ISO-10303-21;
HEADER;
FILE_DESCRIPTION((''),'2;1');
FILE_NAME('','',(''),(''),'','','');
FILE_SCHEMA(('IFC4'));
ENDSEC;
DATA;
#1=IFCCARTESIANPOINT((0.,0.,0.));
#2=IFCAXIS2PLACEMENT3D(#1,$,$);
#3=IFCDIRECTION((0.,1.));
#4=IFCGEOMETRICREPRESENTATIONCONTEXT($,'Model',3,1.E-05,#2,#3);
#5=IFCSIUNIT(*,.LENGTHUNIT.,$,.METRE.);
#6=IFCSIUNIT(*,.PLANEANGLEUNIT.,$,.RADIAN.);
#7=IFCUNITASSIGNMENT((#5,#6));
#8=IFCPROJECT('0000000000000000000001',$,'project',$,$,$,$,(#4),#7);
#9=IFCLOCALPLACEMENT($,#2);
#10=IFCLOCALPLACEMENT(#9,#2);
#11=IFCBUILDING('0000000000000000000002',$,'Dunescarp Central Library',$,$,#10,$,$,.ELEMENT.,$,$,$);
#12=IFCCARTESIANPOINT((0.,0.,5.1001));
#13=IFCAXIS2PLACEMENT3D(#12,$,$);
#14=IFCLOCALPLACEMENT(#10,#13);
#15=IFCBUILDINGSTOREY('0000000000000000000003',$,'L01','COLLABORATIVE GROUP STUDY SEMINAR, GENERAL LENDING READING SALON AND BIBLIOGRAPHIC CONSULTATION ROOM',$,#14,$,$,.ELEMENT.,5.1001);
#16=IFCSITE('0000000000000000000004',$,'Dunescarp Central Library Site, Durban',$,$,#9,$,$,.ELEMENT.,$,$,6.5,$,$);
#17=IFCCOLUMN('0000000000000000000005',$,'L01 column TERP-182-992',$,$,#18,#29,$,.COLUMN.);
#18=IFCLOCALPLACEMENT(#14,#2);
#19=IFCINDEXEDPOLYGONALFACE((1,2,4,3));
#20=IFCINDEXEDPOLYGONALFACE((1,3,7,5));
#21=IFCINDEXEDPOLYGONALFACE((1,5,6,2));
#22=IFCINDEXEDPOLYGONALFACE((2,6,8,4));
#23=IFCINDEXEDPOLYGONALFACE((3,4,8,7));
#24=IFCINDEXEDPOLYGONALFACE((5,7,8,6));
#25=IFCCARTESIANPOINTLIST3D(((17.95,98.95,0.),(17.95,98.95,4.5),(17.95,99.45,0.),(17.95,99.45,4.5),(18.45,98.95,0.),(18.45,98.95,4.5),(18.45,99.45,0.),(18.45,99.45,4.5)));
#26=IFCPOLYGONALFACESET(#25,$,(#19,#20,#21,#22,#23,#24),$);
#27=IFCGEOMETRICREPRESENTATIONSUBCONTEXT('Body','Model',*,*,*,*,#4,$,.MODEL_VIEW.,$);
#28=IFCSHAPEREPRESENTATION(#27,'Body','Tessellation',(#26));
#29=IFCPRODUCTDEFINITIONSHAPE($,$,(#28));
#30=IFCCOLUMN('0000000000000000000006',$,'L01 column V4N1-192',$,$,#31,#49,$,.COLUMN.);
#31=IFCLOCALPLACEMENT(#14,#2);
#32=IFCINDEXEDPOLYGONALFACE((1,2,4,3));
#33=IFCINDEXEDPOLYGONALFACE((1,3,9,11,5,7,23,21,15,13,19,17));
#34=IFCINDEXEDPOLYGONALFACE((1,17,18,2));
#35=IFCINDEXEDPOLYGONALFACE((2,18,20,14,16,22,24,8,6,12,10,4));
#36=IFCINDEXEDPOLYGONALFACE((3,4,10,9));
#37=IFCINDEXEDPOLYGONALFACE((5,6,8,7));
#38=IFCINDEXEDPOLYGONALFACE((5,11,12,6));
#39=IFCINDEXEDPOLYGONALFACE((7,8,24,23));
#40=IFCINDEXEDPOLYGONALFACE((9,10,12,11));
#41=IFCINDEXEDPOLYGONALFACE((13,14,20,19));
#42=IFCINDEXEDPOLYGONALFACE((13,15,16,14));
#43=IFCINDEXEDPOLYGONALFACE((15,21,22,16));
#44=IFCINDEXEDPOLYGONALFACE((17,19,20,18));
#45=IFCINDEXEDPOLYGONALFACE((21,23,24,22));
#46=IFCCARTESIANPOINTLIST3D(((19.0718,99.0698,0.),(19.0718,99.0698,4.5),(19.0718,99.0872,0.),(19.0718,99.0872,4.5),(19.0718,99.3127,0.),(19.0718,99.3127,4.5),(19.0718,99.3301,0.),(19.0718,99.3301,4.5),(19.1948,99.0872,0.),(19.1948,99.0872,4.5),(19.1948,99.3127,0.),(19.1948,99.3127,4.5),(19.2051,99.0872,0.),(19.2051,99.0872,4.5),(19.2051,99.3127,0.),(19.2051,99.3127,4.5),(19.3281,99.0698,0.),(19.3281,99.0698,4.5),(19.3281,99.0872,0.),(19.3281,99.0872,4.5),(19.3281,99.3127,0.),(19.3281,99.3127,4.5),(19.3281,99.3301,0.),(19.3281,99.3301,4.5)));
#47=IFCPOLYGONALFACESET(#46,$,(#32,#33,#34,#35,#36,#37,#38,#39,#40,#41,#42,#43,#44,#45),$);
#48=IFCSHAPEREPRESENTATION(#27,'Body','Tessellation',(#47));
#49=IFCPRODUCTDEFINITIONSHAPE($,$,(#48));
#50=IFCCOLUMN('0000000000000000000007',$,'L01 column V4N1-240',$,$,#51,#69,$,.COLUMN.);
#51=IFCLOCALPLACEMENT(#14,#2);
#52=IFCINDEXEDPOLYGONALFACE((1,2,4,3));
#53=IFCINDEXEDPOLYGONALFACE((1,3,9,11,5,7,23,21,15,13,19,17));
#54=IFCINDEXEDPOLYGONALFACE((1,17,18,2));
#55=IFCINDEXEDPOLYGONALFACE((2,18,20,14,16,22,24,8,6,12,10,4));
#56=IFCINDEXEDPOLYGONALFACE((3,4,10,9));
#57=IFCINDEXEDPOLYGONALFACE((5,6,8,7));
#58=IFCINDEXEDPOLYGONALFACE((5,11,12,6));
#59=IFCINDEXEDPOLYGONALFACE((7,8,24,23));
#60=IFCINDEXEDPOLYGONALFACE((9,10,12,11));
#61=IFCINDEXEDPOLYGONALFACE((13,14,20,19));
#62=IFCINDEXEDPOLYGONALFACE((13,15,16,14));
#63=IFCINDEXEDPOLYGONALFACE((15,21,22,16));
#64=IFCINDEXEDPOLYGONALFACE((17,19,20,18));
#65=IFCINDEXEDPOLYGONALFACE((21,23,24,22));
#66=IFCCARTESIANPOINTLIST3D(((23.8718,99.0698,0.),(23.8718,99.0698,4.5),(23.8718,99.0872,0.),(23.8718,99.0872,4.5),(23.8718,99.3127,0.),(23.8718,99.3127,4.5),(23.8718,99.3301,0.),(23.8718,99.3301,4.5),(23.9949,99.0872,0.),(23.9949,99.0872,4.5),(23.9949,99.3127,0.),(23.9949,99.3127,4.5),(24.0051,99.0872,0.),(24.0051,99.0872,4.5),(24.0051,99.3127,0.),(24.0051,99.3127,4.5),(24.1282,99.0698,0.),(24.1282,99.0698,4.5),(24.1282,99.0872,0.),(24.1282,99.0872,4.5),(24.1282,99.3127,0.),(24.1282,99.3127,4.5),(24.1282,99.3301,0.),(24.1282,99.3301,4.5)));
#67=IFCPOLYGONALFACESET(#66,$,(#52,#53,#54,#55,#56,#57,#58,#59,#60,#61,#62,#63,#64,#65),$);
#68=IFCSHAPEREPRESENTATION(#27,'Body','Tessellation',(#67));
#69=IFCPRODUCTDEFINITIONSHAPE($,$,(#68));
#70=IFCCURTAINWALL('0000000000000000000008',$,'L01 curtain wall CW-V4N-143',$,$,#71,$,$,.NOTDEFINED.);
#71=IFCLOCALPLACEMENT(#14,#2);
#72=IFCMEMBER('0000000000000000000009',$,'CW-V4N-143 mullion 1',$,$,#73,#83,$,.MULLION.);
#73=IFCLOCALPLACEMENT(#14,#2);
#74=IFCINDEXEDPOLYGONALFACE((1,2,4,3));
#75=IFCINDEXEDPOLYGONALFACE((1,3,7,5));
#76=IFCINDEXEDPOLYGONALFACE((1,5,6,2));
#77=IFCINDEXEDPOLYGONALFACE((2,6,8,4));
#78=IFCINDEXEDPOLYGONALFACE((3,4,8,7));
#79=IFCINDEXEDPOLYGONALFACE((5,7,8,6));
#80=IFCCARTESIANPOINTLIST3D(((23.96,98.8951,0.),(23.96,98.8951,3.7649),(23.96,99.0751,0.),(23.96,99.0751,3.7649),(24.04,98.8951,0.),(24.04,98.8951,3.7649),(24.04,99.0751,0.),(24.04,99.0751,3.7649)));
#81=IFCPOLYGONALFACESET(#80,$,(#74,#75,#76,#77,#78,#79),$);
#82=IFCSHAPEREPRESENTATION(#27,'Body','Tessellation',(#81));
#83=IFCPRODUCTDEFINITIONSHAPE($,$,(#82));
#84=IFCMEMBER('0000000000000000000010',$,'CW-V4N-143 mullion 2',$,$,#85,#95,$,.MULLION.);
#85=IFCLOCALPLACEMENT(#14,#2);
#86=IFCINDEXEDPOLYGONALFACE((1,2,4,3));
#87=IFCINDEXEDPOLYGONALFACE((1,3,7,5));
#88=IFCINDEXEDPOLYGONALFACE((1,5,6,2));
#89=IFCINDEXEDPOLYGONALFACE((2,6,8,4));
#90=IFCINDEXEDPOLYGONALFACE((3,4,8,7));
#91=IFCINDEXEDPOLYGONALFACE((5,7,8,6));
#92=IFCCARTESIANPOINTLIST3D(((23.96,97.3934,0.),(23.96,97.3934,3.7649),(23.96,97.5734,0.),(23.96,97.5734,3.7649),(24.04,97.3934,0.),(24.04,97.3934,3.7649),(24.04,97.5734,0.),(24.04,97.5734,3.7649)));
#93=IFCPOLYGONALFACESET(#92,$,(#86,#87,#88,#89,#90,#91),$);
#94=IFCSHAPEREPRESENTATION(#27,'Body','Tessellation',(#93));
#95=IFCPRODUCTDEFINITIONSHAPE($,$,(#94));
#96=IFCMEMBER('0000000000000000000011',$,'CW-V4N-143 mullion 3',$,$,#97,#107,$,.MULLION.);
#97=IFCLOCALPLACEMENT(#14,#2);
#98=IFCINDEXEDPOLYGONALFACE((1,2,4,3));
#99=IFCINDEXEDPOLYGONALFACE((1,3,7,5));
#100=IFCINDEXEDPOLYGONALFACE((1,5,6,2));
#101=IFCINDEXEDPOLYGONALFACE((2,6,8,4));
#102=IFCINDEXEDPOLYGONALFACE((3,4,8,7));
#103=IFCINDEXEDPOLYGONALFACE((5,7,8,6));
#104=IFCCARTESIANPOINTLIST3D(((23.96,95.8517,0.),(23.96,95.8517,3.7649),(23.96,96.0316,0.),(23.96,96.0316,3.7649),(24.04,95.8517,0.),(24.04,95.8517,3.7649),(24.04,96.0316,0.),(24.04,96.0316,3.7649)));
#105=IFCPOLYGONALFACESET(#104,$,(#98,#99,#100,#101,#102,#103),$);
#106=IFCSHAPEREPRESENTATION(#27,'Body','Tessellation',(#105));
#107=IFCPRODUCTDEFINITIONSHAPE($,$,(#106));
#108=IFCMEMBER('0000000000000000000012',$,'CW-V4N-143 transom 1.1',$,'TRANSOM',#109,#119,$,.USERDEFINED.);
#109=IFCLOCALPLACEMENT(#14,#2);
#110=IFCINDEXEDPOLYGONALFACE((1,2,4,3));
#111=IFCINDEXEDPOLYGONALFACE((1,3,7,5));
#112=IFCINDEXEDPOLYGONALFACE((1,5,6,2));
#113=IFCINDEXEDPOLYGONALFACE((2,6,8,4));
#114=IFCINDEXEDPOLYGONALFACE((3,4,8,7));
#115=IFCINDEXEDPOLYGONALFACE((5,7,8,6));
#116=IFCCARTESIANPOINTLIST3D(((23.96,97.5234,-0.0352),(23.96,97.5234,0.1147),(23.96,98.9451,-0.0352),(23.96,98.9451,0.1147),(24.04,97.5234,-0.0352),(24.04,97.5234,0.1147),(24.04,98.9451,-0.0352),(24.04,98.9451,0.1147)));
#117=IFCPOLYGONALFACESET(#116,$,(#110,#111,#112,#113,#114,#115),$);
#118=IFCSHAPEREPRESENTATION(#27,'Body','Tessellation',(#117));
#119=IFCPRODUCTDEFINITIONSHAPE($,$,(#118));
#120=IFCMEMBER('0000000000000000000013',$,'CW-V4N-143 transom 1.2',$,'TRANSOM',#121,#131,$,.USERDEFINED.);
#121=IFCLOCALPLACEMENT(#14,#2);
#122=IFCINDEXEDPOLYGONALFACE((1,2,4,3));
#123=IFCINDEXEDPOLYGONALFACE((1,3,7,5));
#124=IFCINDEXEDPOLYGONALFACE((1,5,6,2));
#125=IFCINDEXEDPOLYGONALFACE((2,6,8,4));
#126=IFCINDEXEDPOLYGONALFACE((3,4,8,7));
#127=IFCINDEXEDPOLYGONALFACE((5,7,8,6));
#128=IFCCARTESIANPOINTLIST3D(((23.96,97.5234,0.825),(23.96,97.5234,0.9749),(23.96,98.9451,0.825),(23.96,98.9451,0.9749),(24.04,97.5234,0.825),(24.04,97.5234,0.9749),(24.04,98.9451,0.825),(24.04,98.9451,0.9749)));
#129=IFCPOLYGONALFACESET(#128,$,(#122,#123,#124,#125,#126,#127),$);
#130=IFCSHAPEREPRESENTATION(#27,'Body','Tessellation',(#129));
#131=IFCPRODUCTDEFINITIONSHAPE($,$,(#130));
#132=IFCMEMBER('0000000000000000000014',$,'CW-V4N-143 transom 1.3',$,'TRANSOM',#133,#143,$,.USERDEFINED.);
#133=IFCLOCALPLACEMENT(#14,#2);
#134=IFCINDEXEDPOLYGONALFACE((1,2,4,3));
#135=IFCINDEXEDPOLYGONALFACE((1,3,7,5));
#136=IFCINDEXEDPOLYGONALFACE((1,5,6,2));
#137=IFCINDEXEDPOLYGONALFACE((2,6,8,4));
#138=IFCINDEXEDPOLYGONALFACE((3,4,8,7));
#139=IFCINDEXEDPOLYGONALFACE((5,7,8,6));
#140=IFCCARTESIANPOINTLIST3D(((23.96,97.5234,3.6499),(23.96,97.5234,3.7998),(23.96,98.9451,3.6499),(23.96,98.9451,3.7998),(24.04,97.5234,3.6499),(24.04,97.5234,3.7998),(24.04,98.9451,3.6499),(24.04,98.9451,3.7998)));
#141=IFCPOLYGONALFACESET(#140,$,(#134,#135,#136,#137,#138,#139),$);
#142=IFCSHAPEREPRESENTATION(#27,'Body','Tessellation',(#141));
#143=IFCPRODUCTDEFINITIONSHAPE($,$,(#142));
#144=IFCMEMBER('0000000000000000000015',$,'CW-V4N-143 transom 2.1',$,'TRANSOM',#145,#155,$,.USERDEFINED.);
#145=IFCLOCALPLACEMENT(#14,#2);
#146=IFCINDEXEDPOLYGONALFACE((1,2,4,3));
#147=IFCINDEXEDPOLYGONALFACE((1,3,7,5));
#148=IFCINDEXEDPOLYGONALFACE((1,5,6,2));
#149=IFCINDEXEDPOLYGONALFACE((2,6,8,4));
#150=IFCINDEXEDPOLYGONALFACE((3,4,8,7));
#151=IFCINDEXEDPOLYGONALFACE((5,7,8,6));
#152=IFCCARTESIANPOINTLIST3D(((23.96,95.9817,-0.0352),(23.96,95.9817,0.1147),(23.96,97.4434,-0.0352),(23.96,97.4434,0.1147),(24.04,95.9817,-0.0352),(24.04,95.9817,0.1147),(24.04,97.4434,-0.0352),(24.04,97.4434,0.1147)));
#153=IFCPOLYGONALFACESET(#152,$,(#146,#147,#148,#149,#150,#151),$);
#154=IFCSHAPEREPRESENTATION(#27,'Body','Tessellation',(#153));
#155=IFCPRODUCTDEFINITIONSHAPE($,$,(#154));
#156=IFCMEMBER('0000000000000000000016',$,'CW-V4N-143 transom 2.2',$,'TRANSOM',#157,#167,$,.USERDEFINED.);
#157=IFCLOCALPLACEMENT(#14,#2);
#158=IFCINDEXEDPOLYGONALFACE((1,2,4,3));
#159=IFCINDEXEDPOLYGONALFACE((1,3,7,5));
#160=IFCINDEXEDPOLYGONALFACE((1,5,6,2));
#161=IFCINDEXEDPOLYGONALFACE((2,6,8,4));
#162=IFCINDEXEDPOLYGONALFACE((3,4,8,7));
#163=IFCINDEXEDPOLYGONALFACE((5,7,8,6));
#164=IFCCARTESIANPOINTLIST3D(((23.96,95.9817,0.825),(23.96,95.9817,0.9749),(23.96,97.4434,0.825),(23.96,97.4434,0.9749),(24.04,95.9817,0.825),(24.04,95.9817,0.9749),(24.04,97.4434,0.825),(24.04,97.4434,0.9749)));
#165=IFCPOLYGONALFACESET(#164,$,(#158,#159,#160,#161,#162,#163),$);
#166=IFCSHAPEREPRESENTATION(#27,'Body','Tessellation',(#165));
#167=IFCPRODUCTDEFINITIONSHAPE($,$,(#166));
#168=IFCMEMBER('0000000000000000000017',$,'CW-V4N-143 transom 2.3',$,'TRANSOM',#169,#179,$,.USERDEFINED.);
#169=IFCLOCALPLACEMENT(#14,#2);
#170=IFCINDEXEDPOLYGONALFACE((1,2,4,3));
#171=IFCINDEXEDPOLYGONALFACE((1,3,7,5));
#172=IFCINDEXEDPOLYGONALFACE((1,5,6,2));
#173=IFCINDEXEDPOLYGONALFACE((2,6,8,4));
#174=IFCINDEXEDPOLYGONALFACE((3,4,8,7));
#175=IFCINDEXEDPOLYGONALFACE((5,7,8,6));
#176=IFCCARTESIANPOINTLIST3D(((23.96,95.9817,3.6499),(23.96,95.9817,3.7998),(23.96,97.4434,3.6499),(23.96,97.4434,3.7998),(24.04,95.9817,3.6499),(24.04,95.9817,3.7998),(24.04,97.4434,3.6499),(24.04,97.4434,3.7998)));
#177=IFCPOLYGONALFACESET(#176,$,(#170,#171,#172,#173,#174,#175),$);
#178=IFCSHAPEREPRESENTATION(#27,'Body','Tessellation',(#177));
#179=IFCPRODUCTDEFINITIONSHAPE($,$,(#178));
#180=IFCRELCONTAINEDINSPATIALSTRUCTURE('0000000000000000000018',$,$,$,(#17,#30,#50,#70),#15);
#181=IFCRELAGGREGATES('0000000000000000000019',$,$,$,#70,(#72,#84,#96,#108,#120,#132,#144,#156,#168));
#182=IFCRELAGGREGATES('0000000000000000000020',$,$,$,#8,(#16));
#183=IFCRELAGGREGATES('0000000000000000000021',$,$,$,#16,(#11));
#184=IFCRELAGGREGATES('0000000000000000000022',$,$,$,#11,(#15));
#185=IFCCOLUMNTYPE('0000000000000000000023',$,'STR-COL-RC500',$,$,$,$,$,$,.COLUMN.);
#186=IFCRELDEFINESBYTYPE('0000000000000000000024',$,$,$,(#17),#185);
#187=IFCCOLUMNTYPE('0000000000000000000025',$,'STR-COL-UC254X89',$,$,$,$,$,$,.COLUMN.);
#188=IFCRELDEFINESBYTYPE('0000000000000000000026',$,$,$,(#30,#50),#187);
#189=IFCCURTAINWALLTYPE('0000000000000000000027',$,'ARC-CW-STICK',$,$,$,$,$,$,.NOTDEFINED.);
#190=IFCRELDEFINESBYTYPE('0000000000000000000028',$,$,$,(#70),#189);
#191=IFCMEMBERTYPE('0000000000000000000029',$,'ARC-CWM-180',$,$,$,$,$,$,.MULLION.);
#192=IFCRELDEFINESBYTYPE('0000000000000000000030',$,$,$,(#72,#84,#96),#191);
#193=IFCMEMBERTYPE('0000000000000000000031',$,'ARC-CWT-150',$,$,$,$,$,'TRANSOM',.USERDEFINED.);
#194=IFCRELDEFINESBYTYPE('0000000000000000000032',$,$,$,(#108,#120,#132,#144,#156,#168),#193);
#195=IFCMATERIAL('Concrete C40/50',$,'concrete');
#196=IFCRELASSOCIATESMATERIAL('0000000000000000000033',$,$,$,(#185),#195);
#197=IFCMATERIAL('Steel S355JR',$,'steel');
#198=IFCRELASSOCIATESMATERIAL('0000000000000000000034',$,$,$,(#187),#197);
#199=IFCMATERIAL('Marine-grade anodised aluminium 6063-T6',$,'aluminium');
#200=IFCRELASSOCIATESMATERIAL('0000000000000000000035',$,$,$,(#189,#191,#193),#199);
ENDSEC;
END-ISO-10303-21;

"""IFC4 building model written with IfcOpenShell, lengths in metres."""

from ifc_helpers import new_model, si_unit, direction, frame, origin, origin_2d, place, context, subcontext, project, spatial, rectangle, i_section, extrude, material, material_profile, profile_set, type_object, element, aggregate, save


model = new_model("IFC4")

# Units and contexts
model_context = context("Model", 3, precision=1e-05, world=origin(), true_north=direction((0.0, 1.0)))
body_context = subcontext(model_context, "Body", "Model", "MODEL_VIEW")
ifc_project = project(units=[si_unit("LENGTHUNIT", "METRE"), si_unit("PLANEANGLEUNIT", "RADIAN")], contexts=[model_context])

# Site, building, storey
site_placement = place(None, origin())
site = spatial("IfcSite", under=ifc_project, at=site_placement, Name="Dunescarp Central Library Site, Durban", CompositionType="ELEMENT", RefElevation=6.5)
building_placement = place(site_placement, origin())
building = spatial("IfcBuilding", under=site, at=building_placement, Name="Dunescarp Central Library", CompositionType="ELEMENT")
storey_placement = place(building_placement, frame((0.0, 0.0, 5.1001)))
storey = spatial("IfcBuildingStorey", under=building, at=storey_placement, Name="L01", Description="COLLABORATIVE GROUP STUDY SEMINAR, GENERAL LENDING READING SALON AND BIBLIOGRAPHIC CONSULTATION ROOM", CompositionType="ELEMENT", Elevation=5.1001)

# Columns
ifc_material_1 = material(Name="Concrete C40/50", Category="concrete")
ifc_material_profile_1 = material_profile(ifc_material_1, rectangle(XDim=0.5, YDim=0.5, at=origin_2d()), Name="RC 500x500")
ifc_profile_set_1 = profile_set([ifc_material_profile_1], Name="Concrete C40/50")
column_type_1 = type_object("IfcColumnType", Name="STR-COL-RC500", PredefinedType="COLUMN", material=ifc_profile_set_1)
column_placement = place(storey_placement, frame((18.2, 99.2, 0.0), z_axis=(0.0, 0.0, 1.0), x_axis=(1.0, 0.0, 0.0)))
element("IfcColumn", 1, at=column_placement, inside=storey, type_object=column_type_1, Name="L01 column TERP-182-992", PredefinedType="COLUMN", context=body_context, shape_type="SweptSolid", body=[
    extrude(rectangle(XDim=0.5, YDim=0.5, at=origin_2d()), origin(), (0.0, 0.0, 1.0), 4.5),
])
ifc_material_2 = material(Name="Steel S355JR", Category="steel")
ifc_material_profile_2 = material_profile(ifc_material_2, i_section(OverallWidth=0.2563, OverallDepth=0.2603, WebThickness=0.0103, FlangeThickness=0.0173, at=origin_2d()), Name="UC 254x254x89")
ifc_profile_set_2 = profile_set([ifc_material_profile_2], Name="Steel S355JR")
column_type_2 = type_object("IfcColumnType", Name="STR-COL-UC254X89", PredefinedType="COLUMN", material=ifc_profile_set_2)
for number, where, z_axis, x_axis, name in (
    (2, (19.2, 99.2, 0.0), (0.0, 0.0, 1.0), (1.0, 0.0, 0.0), "L01 column V4N1-192"),
    (3, (24.0, 99.2, 0.0), (0.0, 0.0, 1.0), (1.0, 0.0, 0.0), "L01 column V4N1-240"),
):
    element("IfcColumn", number, at=place(storey_placement, frame(where, z_axis=z_axis, x_axis=x_axis)), inside=storey, type_object=column_type_2, Name=name, PredefinedType="COLUMN", context=body_context, shape_type="SweptSolid", body=[
        extrude(i_section(OverallWidth=0.2563, OverallDepth=0.2603, WebThickness=0.0103, FlangeThickness=0.0173, at=origin_2d()), origin(), (0.0, 0.0, 1.0), 4.5),
    ])

# Curtain wall, members
ifc_material_3 = material(Name="Marine-grade anodised aluminium 6063-T6", Category="aluminium")
curtain_wall_type = type_object("IfcCurtainWallType", Name="ARC-CW-STICK", PredefinedType="NOTDEFINED", material=ifc_material_3)
curtain_wall_placement = place(storey_placement, origin())
curtain_wall = element("IfcCurtainWall", 4, at=curtain_wall_placement, inside=storey, type_object=curtain_wall_type, Name="L01 curtain wall CW-V4N-143", PredefinedType="NOTDEFINED")
ifc_material_profile_3 = material_profile(ifc_material_3, rectangle(XDim=0.0801, YDim=0.1799, at=origin_2d()), Name="AL 80x180")
ifc_profile_set_3 = profile_set([ifc_material_profile_3], Name="Marine-grade anodised aluminium 6063-T6")
member_type_1 = type_object("IfcMemberType", Name="ARC-CWM-180", PredefinedType="MULLION", material=ifc_profile_set_3)
member_1_placement = place(storey_placement, frame((24.0, 98.9851, 0.0), z_axis=(0.0, 0.0, 1.0), x_axis=(1.0, 0.0, 0.0)))
member_1 = element("IfcMember", 5, at=member_1_placement, type_object=member_type_1, Name="CW-V4N-143 mullion 1", PredefinedType="MULLION", context=body_context, shape_type="SweptSolid", body=[
    extrude(rectangle(XDim=0.0801, YDim=0.1799, at=origin_2d()), origin(), (0.0, 0.0, 1.0), 3.7649),
])
member_2_placement = place(storey_placement, frame((24.0, 97.4834, 0.0), z_axis=(0.0, 0.0, 1.0), x_axis=(1.0, 0.0, 0.0)))
member_2 = element("IfcMember", 6, at=member_2_placement, type_object=member_type_1, Name="CW-V4N-143 mullion 2", PredefinedType="MULLION", context=body_context, shape_type="SweptSolid", body=[
    extrude(rectangle(XDim=0.0801, YDim=0.1799, at=origin_2d()), origin(), (0.0, 0.0, 1.0), 3.7649),
])
member_3_placement = place(storey_placement, frame((24.0, 95.9417, 0.0), z_axis=(0.0, 0.0, 1.0), x_axis=(1.0, 0.0, 0.0)))
member_3 = element("IfcMember", 7, at=member_3_placement, type_object=member_type_1, Name="CW-V4N-143 mullion 3", PredefinedType="MULLION", context=body_context, shape_type="SweptSolid", body=[
    extrude(rectangle(XDim=0.0801, YDim=0.1799, at=origin_2d()), origin(), (0.0, 0.0, 1.0), 3.7649),
])
ifc_material_profile_4 = material_profile(ifc_material_3, rectangle(XDim=0.0801, YDim=0.1499, at=origin_2d()), Name="AL 80x150")
ifc_profile_set_4 = profile_set([ifc_material_profile_4], Name="Marine-grade anodised aluminium 6063-T6")
member_type_2 = type_object("IfcMemberType", Name="ARC-CWT-150", ElementType="TRANSOM", PredefinedType="USERDEFINED", material=ifc_profile_set_4)
member_4_placement = place(storey_placement, frame((24.0, 98.9451, 0.0398), z_axis=(0.0, -1.0, 0.0), x_axis=(1.0, 0.0, 0.0)))
member_4 = element("IfcMember", 8, at=member_4_placement, type_object=member_type_2, Name="CW-V4N-143 transom 1.1", ObjectType="TRANSOM", PredefinedType="USERDEFINED", context=body_context, shape_type="SweptSolid", body=[
    extrude(rectangle(XDim=0.0801, YDim=0.1499, at=origin_2d()), origin(), (0.0, 0.0, 1.0), 1.4216),
])
member_5_placement = place(storey_placement, frame((24.0, 98.9451, 0.8999), z_axis=(0.0, -1.0, 0.0), x_axis=(1.0, 0.0, 0.0)))
member_5 = element("IfcMember", 9, at=member_5_placement, type_object=member_type_2, Name="CW-V4N-143 transom 1.2", ObjectType="TRANSOM", PredefinedType="USERDEFINED", context=body_context, shape_type="SweptSolid", body=[
    extrude(rectangle(XDim=0.0801, YDim=0.1499, at=origin_2d()), origin(), (0.0, 0.0, 1.0), 1.4216),
])
member_6_placement = place(storey_placement, frame((24.0, 98.9451, 3.7249), z_axis=(0.0, -1.0, 0.0), x_axis=(1.0, 0.0, 0.0)))
member_6 = element("IfcMember", 10, at=member_6_placement, type_object=member_type_2, Name="CW-V4N-143 transom 1.3", ObjectType="TRANSOM", PredefinedType="USERDEFINED", context=body_context, shape_type="SweptSolid", body=[
    extrude(rectangle(XDim=0.0801, YDim=0.1499, at=origin_2d()), origin(), (0.0, 0.0, 1.0), 1.4216),
])
member_7_placement = place(storey_placement, frame((24.0, 97.4434, 0.0398), z_axis=(0.0, -1.0, 0.0), x_axis=(1.0, 0.0, 0.0)))
member_7 = element("IfcMember", 11, at=member_7_placement, type_object=member_type_2, Name="CW-V4N-143 transom 2.1", ObjectType="TRANSOM", PredefinedType="USERDEFINED", context=body_context, shape_type="SweptSolid", body=[
    extrude(rectangle(XDim=0.0801, YDim=0.1499, at=origin_2d()), origin(), (0.0, 0.0, 1.0), 1.4617),
])
member_8_placement = place(storey_placement, frame((24.0, 97.4434, 0.8999), z_axis=(0.0, -1.0, 0.0), x_axis=(1.0, 0.0, 0.0)))
member_8 = element("IfcMember", 12, at=member_8_placement, type_object=member_type_2, Name="CW-V4N-143 transom 2.2", ObjectType="TRANSOM", PredefinedType="USERDEFINED", context=body_context, shape_type="SweptSolid", body=[
    extrude(rectangle(XDim=0.0801, YDim=0.1499, at=origin_2d()), origin(), (0.0, 0.0, 1.0), 1.4617),
])
member_9_placement = place(storey_placement, frame((24.0, 97.4434, 3.7249), z_axis=(0.0, -1.0, 0.0), x_axis=(1.0, 0.0, 0.0)))
member_9 = element("IfcMember", 13, at=member_9_placement, type_object=member_type_2, Name="CW-V4N-143 transom 2.3", ObjectType="TRANSOM", PredefinedType="USERDEFINED", context=body_context, shape_type="SweptSolid", body=[
    extrude(rectangle(XDim=0.0801, YDim=0.1499, at=origin_2d()), origin(), (0.0, 0.0, 1.0), 1.4617),
])

aggregate(curtain_wall, [member_1, member_2, member_3, member_4, member_5, member_6, member_7, member_8, member_9])

save(model, "model.ifc")
